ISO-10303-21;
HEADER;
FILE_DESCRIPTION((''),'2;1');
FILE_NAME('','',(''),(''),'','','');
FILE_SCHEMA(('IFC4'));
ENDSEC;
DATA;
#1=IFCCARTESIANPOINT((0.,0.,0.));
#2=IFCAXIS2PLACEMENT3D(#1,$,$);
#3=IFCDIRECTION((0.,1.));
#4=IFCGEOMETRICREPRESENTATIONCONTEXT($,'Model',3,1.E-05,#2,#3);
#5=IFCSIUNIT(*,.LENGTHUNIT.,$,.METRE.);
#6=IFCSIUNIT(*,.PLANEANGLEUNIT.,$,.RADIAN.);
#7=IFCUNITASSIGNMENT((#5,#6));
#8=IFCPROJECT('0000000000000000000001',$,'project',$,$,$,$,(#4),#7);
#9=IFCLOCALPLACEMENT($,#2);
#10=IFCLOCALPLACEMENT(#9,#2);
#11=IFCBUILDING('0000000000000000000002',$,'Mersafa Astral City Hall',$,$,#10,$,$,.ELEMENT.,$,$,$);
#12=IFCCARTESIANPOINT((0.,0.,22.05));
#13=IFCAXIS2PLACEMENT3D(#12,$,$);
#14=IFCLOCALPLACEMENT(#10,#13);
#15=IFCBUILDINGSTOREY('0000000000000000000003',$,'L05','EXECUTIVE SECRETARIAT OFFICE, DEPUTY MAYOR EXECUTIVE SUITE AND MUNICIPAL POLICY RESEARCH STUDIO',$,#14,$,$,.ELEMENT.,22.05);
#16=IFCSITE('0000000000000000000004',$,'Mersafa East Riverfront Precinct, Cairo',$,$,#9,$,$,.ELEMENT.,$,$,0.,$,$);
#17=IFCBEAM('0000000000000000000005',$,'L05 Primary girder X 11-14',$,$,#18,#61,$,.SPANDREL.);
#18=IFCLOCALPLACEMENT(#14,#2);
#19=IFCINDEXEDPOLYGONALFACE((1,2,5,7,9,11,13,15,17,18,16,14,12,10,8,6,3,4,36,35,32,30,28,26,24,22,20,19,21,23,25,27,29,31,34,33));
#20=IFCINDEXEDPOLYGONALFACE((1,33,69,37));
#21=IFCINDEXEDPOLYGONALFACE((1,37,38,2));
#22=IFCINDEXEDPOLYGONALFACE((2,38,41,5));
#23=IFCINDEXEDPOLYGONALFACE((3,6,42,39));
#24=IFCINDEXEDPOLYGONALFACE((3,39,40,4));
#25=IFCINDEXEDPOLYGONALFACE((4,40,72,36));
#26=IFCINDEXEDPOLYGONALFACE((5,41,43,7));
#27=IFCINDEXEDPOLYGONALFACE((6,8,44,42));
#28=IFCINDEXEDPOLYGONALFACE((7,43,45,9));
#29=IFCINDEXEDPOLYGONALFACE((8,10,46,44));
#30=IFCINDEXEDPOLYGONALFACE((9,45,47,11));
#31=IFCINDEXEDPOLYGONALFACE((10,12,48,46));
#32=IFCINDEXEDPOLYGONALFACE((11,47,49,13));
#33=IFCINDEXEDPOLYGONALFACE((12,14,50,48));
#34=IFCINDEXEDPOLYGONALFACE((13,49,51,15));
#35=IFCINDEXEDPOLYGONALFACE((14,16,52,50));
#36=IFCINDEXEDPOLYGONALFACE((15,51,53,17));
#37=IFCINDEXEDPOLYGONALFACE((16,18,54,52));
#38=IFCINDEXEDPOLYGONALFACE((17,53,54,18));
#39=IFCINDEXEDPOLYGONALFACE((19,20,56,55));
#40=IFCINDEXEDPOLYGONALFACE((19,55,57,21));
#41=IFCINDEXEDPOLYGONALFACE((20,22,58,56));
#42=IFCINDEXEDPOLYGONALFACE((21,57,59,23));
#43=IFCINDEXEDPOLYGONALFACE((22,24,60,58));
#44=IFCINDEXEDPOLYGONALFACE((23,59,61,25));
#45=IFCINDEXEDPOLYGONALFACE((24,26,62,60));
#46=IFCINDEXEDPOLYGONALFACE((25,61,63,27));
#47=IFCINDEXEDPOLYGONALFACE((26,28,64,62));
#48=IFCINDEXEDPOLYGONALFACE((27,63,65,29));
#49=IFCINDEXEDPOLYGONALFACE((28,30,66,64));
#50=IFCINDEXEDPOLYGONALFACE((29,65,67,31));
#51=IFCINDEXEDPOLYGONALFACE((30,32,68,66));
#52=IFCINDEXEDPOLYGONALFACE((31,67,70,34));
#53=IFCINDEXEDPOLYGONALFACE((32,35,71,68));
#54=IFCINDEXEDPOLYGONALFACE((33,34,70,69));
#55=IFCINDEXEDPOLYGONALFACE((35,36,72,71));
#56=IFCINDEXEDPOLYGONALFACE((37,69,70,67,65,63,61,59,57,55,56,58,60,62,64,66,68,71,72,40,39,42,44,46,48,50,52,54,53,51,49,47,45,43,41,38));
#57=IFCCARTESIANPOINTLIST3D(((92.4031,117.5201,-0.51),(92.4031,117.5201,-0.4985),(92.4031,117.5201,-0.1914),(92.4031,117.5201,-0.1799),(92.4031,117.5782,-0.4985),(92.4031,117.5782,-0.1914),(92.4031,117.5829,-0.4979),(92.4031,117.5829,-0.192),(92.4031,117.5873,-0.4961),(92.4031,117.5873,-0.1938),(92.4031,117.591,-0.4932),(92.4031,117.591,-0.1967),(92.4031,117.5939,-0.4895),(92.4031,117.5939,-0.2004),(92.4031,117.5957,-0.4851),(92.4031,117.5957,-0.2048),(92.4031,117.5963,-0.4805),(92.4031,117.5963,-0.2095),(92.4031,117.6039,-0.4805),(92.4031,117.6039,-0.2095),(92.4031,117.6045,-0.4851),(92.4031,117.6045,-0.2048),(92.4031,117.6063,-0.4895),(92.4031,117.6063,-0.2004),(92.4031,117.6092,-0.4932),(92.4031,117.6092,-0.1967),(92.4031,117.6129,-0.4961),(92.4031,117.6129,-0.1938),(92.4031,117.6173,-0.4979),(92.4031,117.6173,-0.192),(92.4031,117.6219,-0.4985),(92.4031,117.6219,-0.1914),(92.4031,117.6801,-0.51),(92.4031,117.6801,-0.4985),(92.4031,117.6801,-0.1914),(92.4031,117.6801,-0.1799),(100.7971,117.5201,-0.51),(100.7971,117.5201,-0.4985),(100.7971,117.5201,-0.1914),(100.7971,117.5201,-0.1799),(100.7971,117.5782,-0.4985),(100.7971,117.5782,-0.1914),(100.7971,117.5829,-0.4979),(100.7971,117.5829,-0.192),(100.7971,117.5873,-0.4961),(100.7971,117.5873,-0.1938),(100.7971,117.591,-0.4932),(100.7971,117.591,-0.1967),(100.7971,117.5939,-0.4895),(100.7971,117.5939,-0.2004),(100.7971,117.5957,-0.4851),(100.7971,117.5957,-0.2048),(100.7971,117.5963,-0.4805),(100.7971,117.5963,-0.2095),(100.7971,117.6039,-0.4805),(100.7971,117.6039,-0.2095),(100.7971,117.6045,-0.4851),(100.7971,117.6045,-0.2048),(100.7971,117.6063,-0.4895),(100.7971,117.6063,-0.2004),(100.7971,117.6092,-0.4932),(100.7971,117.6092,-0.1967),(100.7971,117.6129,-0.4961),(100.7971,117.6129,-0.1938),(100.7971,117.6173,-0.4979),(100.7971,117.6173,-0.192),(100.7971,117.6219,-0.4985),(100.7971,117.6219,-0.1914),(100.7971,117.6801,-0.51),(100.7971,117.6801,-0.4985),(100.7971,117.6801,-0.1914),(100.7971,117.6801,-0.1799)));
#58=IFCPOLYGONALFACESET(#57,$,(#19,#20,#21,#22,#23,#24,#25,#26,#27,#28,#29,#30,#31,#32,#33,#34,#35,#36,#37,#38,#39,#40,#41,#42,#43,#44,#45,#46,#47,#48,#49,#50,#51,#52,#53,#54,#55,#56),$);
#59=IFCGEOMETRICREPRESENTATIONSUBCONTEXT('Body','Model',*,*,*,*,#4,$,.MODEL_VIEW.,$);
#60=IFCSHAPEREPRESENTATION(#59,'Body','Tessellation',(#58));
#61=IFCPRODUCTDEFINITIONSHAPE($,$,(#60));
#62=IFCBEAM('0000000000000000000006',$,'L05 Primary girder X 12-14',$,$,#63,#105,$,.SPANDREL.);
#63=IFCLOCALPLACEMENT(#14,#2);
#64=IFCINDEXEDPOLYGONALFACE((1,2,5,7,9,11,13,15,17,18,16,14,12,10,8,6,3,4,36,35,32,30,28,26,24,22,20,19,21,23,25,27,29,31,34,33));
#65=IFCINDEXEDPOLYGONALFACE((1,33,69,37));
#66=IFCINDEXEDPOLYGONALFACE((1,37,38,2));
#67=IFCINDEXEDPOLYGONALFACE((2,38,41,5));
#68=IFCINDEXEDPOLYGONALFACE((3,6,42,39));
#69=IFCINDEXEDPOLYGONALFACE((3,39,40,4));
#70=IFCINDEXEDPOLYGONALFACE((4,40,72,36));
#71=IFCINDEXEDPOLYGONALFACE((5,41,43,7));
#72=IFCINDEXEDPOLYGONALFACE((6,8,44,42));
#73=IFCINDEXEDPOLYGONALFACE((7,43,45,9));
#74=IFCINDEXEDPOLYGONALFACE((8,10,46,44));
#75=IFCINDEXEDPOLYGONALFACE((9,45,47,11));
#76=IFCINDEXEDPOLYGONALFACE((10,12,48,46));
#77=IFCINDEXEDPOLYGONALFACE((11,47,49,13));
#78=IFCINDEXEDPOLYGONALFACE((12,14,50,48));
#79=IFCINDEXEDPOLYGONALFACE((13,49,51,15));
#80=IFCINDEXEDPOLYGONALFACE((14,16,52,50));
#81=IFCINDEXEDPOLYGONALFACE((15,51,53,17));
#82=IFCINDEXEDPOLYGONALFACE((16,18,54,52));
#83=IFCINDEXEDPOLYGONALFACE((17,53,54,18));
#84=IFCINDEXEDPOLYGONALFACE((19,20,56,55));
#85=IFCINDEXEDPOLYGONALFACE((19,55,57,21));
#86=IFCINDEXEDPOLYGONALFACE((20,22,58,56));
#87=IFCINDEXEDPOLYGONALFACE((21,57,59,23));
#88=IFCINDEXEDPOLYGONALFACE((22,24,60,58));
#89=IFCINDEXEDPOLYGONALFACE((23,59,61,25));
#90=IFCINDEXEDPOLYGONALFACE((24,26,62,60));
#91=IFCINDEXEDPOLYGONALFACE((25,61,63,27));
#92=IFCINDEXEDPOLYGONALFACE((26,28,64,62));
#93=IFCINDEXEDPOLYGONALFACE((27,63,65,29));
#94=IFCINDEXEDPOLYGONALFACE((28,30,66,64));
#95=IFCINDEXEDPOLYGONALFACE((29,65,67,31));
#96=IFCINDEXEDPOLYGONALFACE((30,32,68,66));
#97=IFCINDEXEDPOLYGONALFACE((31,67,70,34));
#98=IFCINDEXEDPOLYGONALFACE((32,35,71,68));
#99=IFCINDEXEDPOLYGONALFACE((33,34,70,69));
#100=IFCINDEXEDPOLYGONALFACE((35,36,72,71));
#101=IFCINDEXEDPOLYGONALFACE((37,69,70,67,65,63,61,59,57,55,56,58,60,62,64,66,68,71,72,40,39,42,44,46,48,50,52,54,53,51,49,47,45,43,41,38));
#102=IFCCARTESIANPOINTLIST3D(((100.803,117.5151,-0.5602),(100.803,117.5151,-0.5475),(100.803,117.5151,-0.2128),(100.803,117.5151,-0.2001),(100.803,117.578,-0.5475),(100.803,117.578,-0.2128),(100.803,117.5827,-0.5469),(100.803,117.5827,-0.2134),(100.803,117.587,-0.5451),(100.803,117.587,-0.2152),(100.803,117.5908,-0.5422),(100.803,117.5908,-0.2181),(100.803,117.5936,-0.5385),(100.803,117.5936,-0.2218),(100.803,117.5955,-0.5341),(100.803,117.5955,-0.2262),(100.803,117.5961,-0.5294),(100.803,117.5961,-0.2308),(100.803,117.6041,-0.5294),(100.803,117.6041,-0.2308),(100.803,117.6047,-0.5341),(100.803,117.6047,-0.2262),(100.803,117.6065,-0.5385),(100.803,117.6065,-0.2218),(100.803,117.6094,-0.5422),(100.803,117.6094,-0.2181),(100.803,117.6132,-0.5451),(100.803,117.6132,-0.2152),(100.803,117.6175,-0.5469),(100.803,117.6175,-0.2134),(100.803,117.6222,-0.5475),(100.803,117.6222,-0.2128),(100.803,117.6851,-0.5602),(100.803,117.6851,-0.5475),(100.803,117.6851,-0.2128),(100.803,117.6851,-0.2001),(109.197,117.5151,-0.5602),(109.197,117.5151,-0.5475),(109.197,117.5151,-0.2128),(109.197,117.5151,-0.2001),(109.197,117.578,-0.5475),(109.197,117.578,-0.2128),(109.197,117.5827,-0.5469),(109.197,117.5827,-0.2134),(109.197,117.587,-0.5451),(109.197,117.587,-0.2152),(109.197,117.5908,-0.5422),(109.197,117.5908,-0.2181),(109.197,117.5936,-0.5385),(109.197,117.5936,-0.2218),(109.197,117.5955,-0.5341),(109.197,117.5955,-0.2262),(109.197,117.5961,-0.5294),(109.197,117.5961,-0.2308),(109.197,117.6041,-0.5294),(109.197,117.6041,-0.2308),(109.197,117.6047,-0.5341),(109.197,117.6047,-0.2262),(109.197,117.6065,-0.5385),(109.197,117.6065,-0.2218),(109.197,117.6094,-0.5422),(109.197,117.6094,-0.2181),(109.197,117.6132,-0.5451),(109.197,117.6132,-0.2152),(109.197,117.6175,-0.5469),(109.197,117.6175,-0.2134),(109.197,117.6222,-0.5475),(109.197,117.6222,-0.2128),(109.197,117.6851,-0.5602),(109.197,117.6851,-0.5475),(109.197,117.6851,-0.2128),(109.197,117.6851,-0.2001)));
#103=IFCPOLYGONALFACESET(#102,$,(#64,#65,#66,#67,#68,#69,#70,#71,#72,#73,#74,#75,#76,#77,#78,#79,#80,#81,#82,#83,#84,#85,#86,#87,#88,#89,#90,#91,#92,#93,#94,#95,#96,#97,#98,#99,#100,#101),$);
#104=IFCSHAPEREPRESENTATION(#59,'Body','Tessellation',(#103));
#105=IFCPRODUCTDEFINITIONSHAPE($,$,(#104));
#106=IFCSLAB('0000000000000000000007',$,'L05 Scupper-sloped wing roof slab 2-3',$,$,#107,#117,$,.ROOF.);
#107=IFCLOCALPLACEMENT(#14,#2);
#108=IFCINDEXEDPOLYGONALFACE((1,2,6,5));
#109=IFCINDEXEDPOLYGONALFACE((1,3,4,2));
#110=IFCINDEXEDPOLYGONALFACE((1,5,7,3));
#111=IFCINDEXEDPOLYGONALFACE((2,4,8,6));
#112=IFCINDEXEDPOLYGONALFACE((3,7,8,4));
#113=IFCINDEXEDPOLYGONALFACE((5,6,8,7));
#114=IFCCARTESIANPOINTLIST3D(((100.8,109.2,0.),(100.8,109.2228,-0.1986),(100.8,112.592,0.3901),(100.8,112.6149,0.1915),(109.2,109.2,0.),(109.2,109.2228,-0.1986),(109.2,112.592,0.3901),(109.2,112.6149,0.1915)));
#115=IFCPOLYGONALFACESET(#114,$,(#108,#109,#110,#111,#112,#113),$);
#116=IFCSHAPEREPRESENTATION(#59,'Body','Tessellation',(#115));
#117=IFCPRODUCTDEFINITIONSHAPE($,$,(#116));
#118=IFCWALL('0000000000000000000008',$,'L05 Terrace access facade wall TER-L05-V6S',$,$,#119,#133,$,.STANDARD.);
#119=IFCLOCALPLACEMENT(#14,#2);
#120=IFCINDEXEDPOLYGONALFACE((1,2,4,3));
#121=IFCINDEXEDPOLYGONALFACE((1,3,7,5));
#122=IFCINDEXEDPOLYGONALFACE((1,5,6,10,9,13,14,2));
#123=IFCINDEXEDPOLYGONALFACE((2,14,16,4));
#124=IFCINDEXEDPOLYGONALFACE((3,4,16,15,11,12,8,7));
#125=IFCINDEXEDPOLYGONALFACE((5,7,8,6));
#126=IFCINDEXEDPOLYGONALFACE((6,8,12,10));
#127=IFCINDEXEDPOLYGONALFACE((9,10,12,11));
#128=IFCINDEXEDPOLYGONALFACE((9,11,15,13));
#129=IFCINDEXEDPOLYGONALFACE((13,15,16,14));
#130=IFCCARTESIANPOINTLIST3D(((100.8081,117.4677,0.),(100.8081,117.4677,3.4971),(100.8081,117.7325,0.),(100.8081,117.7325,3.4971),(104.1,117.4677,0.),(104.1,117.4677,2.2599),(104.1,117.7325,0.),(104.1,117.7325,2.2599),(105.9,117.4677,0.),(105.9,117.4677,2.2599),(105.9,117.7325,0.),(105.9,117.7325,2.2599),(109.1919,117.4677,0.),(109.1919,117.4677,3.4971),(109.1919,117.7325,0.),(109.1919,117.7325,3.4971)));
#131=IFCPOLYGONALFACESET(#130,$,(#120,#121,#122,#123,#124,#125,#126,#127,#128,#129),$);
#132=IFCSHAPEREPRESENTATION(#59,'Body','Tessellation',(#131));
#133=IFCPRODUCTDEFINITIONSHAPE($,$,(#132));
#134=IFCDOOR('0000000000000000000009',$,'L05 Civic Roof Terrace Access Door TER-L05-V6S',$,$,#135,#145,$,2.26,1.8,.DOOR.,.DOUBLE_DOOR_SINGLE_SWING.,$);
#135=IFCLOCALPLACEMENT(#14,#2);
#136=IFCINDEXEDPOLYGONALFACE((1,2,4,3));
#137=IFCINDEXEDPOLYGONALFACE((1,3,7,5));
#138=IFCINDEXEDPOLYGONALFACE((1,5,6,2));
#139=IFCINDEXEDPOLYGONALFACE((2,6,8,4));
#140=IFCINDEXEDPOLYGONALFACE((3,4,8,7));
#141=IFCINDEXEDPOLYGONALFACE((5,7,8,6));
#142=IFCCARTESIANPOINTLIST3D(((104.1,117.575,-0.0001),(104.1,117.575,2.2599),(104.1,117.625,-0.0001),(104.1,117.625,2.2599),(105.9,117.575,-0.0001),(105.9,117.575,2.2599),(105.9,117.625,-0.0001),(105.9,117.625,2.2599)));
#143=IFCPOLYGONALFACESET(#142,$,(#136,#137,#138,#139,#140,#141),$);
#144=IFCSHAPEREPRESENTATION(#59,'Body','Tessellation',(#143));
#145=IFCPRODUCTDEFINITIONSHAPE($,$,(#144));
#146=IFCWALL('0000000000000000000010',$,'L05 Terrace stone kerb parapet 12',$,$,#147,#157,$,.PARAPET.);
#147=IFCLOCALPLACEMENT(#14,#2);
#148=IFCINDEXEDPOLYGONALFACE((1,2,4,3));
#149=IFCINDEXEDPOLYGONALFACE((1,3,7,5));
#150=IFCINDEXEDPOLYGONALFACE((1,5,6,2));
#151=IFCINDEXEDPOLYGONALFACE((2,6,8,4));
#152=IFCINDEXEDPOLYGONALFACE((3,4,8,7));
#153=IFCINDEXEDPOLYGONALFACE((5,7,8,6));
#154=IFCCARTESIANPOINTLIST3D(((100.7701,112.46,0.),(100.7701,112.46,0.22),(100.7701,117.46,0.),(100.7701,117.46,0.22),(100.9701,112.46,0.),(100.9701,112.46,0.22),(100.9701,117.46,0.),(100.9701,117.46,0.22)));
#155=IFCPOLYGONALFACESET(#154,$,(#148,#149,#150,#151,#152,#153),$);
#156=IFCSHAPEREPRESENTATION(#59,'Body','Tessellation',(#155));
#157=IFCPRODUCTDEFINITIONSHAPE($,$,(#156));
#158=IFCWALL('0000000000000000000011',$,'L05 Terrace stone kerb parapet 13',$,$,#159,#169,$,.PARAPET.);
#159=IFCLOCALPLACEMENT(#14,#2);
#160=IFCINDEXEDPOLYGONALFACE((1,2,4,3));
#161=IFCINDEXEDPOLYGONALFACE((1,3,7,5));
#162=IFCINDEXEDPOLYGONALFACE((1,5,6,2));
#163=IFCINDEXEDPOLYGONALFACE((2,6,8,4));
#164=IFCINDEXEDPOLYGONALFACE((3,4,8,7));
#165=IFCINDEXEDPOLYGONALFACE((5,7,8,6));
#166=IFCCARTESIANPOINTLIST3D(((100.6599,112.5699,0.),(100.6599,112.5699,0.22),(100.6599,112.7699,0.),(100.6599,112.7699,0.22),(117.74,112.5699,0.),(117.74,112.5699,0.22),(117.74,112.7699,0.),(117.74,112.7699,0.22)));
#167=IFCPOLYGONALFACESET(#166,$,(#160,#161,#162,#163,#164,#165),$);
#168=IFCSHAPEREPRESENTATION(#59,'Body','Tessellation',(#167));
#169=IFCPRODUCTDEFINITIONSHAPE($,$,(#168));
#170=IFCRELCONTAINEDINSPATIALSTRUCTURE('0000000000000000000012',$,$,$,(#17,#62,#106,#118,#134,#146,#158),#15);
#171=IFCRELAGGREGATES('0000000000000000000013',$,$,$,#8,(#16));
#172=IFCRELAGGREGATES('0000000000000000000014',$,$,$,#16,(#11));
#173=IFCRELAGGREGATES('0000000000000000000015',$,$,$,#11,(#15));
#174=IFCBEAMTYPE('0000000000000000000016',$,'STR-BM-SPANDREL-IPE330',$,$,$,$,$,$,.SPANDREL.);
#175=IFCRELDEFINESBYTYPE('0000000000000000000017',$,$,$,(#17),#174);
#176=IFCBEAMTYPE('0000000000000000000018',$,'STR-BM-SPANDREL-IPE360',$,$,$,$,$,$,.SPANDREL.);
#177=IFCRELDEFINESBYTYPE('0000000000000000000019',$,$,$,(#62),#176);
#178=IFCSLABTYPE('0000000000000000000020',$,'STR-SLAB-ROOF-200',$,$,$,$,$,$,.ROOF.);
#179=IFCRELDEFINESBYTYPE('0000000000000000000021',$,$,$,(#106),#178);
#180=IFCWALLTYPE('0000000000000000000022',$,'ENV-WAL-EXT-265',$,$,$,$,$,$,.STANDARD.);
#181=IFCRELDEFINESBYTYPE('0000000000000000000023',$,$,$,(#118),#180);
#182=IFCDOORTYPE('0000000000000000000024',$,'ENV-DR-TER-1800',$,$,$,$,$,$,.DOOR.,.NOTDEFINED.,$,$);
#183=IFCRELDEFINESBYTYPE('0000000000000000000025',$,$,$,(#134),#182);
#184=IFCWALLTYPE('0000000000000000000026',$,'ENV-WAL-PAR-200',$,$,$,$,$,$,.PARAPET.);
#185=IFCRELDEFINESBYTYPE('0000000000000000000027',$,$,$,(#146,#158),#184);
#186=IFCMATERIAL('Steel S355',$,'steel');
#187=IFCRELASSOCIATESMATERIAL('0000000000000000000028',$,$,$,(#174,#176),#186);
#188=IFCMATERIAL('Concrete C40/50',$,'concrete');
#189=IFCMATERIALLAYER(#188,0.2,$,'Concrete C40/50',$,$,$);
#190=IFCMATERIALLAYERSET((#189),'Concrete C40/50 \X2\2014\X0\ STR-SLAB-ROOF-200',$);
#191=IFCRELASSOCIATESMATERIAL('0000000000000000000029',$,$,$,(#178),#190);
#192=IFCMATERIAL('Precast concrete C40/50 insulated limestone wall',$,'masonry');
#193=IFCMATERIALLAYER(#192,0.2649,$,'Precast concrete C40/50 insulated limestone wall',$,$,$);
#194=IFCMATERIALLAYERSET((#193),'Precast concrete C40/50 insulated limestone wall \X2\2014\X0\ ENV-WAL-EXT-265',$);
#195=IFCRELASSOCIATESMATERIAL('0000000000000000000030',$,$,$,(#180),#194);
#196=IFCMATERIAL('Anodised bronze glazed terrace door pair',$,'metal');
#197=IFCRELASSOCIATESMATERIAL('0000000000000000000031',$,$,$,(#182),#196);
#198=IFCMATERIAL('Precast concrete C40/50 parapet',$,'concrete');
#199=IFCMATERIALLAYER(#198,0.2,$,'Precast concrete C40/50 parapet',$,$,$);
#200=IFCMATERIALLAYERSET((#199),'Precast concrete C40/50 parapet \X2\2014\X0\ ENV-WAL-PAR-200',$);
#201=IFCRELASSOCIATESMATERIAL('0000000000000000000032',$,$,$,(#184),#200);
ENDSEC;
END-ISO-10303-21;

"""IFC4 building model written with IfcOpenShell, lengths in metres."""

from ifc_helpers import new_model, si_unit, direction, frame, frame_2d, origin, origin_2d, place, context, subcontext, project, spatial, polyline, rectangle, i_section, outline, extrude, material, layer, layer_set, material_profile, profile_set, type_object, element, fill, save


model = new_model("IFC4")

# Units and contexts
model_context = context("Model", 3, precision=1e-05, world=origin(), true_north=direction((0.0, 1.0)))
body_context = subcontext(model_context, "Body", "Model", "MODEL_VIEW")
ifc_project = project(units=[si_unit("LENGTHUNIT", "METRE"), si_unit("PLANEANGLEUNIT", "RADIAN")], contexts=[model_context])

# Site, building, storey
site_placement = place(None, origin())
site = spatial("IfcSite", under=ifc_project, at=site_placement, Name="Mersafa East Riverfront Precinct, Cairo", CompositionType="ELEMENT", RefElevation=0.0)
building_placement = place(site_placement, origin())
building = spatial("IfcBuilding", under=site, at=building_placement, Name="Mersafa Astral City Hall", CompositionType="ELEMENT")
storey_placement = place(building_placement, frame((0.0, 0.0, 22.05)))
storey = spatial("IfcBuildingStorey", under=building, at=storey_placement, Name="L05", Description="EXECUTIVE SECRETARIAT OFFICE, DEPUTY MAYOR EXECUTIVE SUITE AND MUNICIPAL POLICY RESEARCH STUDIO", CompositionType="ELEMENT", Elevation=22.05)

# Shared definitions
ifc_material_1 = material(Name="Steel S355", Category="steel")

# Beams
ifc_material_profile_1 = material_profile(ifc_material_1, i_section(OverallWidth=0.1599, OverallDepth=0.3301, WebThickness=0.0076, FlangeThickness=0.0115, FilletRadius=0.0181, at=origin_2d()), Name="IPE 330")
ifc_profile_set_1 = profile_set([ifc_material_profile_1], Name="Steel S355")
beam_type_1 = type_object("IfcBeamType", Name="STR-BM-SPANDREL-IPE330", PredefinedType="SPANDREL", material=ifc_profile_set_1)
beam_1_placement = place(storey_placement, frame((92.4031, 117.6001, -0.345), z_axis=(1.0, 0.0, 0.0), x_axis=(0.0, 1.0, 0.0)))
element("IfcBeam", 1, at=beam_1_placement, inside=storey, type_object=beam_type_1, Name="L05 Primary girder X 11-14", PredefinedType="SPANDREL", context=body_context, shape_type="SweptSolid", body=[
    extrude(i_section(OverallWidth=0.1599, OverallDepth=0.3301, WebThickness=0.0076, FlangeThickness=0.0115, FilletRadius=0.0181, at=origin_2d()), origin(), (0.0, 0.0, 1.0), 8.394),
])
ifc_material_profile_2 = material_profile(ifc_material_1, i_section(OverallWidth=0.1699, OverallDepth=0.3601, WebThickness=0.0081, FlangeThickness=0.0127, FilletRadius=0.0181, at=origin_2d()), Name="IPE 360")
ifc_profile_set_2 = profile_set([ifc_material_profile_2], Name="Steel S355")
beam_type_2 = type_object("IfcBeamType", Name="STR-BM-SPANDREL-IPE360", PredefinedType="SPANDREL", material=ifc_profile_set_2)
beam_2_placement = place(storey_placement, frame((100.803, 117.6001, -0.3801), z_axis=(1.0, 0.0, 0.0), x_axis=(0.0, 1.0, 0.0)))
element("IfcBeam", 2, at=beam_2_placement, inside=storey, type_object=beam_type_2, Name="L05 Primary girder X 12-14", PredefinedType="SPANDREL", context=body_context, shape_type="SweptSolid", body=[
    extrude(i_section(OverallWidth=0.1699, OverallDepth=0.3601, WebThickness=0.0081, FlangeThickness=0.0127, FilletRadius=0.0181, at=origin_2d()), origin(), (0.0, 0.0, 1.0), 8.394),
])

# Slab
ifc_material_2 = material(Name="Concrete C40/50", Category="concrete")
ifc_layer_1 = layer(ifc_material_2, 0.2, Name="Concrete C40/50")
ifc_layer_set_1 = layer_set([ifc_layer_1], Name="Concrete C40/50 — STR-SLAB-ROOF-200")
slab_type = type_object("IfcSlabType", Name="STR-SLAB-ROOF-200", PredefinedType="ROOF", material=ifc_layer_set_1)
slab_placement = place(storey_placement, frame((100.8, 112.592, 0.3901), z_axis=(0.0, -0.11426, 0.993451), x_axis=(0.0, -0.993451, -0.11426)))
element("IfcSlab", 3, at=slab_placement, inside=storey, type_object=slab_type, Name="L05 Scupper-sloped wing roof slab 2-3", PredefinedType="ROOF", context=body_context, shape_type="SweptSolid", body=[
    extrude(outline(polyline([(0.0, 0.0), (3.4145, 0.0), (3.4145, 8.3999), (0.0, 8.3999), (0.0, 0.0)])), origin(), (0.0, 0.0, -1.0), 0.2),
])

# Wall, opening, door
ifc_material_3 = material(Name="Precast concrete C40/50 insulated limestone wall", Category="masonry")
ifc_layer_2 = layer(ifc_material_3, 0.2649, Name="Precast concrete C40/50 insulated limestone wall")
ifc_layer_set_2 = layer_set([ifc_layer_2], Name="Precast concrete C40/50 insulated limestone wall — ENV-WAL-EXT-265")
wall_type_1 = type_object("IfcWallType", Name="ENV-WAL-EXT-265", PredefinedType="STANDARD", material=ifc_layer_set_2)
wall_1_placement = place(storey_placement, frame((100.8081, 117.6001, 0.0), z_axis=(0.0, 0.0, 1.0), x_axis=(1.0, 0.0, 0.0)))
wall_1 = element("IfcWall", 4, at=wall_1_placement, inside=storey, type_object=wall_type_1, Name="L05 Terrace access facade wall TER-L05-V6S", PredefinedType="STANDARD", context=body_context, shape_type="SweptSolid", body=[
    extrude(rectangle(XDim=8.3838, YDim=0.2649, at=frame_2d((4.1919, 0.0))), origin(), (0.0, 0.0, 1.0), 3.4971),
])
opening_placement = place(wall_1_placement, frame((3.292, 0.0, 0.0)))
opening = element("IfcOpeningElement", 5, at=opening_placement, cuts=wall_1, PredefinedType="OPENING", context=body_context, shape_type="SweptSolid", body=[
    extrude(rectangle(XDim=1.8, YDim=2.26, at=frame_2d((0.8999, 1.1299))), frame((0.0, 0.1423, 0.0), z_axis=(0.0, -1.0, 0.0), x_axis=(1.0, 0.0, 0.0)), (0.0, 0.0, 1.0), 0.2849),
])
ifc_material_4 = material(Name="Anodised bronze glazed terrace door pair", Category="metal")
door_type = type_object("IfcDoorType", Name="ENV-DR-TER-1800", OperationType="NOTDEFINED", PredefinedType="DOOR", material=ifc_material_4)
door_placement = place(opening_placement, origin())
door = element("IfcDoor", 6, at=door_placement, inside=storey, type_object=door_type, Name="L05 Civic Roof Terrace Access Door TER-L05-V6S", OperationType="DOUBLE_DOOR_SINGLE_SWING", OverallHeight=2.26, OverallWidth=1.8, PredefinedType="DOOR", context=body_context, shape_type="SweptSolid", body=[
    extrude(rectangle(XDim=1.8, YDim=2.26, at=frame_2d((0.8999, 1.1299))), frame((0.0, 0.0249, 0.0), z_axis=(0.0, -1.0, 0.0), x_axis=(1.0, 0.0, 0.0)), (0.0, 0.0, 1.0), 0.05),
])
fill(opening, door)

# Walls
ifc_material_5 = material(Name="Precast concrete C40/50 parapet", Category="concrete")
ifc_layer_3 = layer(ifc_material_5, 0.2, Name="Precast concrete C40/50 parapet")
ifc_layer_set_3 = layer_set([ifc_layer_3], Name="Precast concrete C40/50 parapet — ENV-WAL-PAR-200")
wall_type_2 = type_object("IfcWallType", Name="ENV-WAL-PAR-200", PredefinedType="PARAPET", material=ifc_layer_set_3)
wall_2_placement = place(storey_placement, frame((100.8701, 117.46, 0.0), z_axis=(0.0, 0.0, 1.0), x_axis=(0.0, -1.0, 0.0)))
element("IfcWall", 7, at=wall_2_placement, inside=storey, type_object=wall_type_2, Name="L05 Terrace stone kerb parapet 12", PredefinedType="PARAPET", context=body_context, shape_type="SweptSolid", body=[
    extrude(rectangle(XDim=5.0, YDim=0.2, at=frame_2d((2.5, 0.0))), origin(), (0.0, 0.0, 1.0), 0.22),
])
wall_3_placement = place(storey_placement, frame((100.6599, 112.6699, 0.0), z_axis=(0.0, 0.0, 1.0), x_axis=(1.0, 0.0, 0.0)))
element("IfcWall", 8, at=wall_3_placement, inside=storey, type_object=wall_type_2, Name="L05 Terrace stone kerb parapet 13", PredefinedType="PARAPET", context=body_context, shape_type="SweptSolid", body=[
    extrude(rectangle(XDim=17.0801, YDim=0.2, at=frame_2d((8.54, 0.0))), origin(), (0.0, 0.0, 1.0), 0.22),
])

save(model, "model.ifc")
